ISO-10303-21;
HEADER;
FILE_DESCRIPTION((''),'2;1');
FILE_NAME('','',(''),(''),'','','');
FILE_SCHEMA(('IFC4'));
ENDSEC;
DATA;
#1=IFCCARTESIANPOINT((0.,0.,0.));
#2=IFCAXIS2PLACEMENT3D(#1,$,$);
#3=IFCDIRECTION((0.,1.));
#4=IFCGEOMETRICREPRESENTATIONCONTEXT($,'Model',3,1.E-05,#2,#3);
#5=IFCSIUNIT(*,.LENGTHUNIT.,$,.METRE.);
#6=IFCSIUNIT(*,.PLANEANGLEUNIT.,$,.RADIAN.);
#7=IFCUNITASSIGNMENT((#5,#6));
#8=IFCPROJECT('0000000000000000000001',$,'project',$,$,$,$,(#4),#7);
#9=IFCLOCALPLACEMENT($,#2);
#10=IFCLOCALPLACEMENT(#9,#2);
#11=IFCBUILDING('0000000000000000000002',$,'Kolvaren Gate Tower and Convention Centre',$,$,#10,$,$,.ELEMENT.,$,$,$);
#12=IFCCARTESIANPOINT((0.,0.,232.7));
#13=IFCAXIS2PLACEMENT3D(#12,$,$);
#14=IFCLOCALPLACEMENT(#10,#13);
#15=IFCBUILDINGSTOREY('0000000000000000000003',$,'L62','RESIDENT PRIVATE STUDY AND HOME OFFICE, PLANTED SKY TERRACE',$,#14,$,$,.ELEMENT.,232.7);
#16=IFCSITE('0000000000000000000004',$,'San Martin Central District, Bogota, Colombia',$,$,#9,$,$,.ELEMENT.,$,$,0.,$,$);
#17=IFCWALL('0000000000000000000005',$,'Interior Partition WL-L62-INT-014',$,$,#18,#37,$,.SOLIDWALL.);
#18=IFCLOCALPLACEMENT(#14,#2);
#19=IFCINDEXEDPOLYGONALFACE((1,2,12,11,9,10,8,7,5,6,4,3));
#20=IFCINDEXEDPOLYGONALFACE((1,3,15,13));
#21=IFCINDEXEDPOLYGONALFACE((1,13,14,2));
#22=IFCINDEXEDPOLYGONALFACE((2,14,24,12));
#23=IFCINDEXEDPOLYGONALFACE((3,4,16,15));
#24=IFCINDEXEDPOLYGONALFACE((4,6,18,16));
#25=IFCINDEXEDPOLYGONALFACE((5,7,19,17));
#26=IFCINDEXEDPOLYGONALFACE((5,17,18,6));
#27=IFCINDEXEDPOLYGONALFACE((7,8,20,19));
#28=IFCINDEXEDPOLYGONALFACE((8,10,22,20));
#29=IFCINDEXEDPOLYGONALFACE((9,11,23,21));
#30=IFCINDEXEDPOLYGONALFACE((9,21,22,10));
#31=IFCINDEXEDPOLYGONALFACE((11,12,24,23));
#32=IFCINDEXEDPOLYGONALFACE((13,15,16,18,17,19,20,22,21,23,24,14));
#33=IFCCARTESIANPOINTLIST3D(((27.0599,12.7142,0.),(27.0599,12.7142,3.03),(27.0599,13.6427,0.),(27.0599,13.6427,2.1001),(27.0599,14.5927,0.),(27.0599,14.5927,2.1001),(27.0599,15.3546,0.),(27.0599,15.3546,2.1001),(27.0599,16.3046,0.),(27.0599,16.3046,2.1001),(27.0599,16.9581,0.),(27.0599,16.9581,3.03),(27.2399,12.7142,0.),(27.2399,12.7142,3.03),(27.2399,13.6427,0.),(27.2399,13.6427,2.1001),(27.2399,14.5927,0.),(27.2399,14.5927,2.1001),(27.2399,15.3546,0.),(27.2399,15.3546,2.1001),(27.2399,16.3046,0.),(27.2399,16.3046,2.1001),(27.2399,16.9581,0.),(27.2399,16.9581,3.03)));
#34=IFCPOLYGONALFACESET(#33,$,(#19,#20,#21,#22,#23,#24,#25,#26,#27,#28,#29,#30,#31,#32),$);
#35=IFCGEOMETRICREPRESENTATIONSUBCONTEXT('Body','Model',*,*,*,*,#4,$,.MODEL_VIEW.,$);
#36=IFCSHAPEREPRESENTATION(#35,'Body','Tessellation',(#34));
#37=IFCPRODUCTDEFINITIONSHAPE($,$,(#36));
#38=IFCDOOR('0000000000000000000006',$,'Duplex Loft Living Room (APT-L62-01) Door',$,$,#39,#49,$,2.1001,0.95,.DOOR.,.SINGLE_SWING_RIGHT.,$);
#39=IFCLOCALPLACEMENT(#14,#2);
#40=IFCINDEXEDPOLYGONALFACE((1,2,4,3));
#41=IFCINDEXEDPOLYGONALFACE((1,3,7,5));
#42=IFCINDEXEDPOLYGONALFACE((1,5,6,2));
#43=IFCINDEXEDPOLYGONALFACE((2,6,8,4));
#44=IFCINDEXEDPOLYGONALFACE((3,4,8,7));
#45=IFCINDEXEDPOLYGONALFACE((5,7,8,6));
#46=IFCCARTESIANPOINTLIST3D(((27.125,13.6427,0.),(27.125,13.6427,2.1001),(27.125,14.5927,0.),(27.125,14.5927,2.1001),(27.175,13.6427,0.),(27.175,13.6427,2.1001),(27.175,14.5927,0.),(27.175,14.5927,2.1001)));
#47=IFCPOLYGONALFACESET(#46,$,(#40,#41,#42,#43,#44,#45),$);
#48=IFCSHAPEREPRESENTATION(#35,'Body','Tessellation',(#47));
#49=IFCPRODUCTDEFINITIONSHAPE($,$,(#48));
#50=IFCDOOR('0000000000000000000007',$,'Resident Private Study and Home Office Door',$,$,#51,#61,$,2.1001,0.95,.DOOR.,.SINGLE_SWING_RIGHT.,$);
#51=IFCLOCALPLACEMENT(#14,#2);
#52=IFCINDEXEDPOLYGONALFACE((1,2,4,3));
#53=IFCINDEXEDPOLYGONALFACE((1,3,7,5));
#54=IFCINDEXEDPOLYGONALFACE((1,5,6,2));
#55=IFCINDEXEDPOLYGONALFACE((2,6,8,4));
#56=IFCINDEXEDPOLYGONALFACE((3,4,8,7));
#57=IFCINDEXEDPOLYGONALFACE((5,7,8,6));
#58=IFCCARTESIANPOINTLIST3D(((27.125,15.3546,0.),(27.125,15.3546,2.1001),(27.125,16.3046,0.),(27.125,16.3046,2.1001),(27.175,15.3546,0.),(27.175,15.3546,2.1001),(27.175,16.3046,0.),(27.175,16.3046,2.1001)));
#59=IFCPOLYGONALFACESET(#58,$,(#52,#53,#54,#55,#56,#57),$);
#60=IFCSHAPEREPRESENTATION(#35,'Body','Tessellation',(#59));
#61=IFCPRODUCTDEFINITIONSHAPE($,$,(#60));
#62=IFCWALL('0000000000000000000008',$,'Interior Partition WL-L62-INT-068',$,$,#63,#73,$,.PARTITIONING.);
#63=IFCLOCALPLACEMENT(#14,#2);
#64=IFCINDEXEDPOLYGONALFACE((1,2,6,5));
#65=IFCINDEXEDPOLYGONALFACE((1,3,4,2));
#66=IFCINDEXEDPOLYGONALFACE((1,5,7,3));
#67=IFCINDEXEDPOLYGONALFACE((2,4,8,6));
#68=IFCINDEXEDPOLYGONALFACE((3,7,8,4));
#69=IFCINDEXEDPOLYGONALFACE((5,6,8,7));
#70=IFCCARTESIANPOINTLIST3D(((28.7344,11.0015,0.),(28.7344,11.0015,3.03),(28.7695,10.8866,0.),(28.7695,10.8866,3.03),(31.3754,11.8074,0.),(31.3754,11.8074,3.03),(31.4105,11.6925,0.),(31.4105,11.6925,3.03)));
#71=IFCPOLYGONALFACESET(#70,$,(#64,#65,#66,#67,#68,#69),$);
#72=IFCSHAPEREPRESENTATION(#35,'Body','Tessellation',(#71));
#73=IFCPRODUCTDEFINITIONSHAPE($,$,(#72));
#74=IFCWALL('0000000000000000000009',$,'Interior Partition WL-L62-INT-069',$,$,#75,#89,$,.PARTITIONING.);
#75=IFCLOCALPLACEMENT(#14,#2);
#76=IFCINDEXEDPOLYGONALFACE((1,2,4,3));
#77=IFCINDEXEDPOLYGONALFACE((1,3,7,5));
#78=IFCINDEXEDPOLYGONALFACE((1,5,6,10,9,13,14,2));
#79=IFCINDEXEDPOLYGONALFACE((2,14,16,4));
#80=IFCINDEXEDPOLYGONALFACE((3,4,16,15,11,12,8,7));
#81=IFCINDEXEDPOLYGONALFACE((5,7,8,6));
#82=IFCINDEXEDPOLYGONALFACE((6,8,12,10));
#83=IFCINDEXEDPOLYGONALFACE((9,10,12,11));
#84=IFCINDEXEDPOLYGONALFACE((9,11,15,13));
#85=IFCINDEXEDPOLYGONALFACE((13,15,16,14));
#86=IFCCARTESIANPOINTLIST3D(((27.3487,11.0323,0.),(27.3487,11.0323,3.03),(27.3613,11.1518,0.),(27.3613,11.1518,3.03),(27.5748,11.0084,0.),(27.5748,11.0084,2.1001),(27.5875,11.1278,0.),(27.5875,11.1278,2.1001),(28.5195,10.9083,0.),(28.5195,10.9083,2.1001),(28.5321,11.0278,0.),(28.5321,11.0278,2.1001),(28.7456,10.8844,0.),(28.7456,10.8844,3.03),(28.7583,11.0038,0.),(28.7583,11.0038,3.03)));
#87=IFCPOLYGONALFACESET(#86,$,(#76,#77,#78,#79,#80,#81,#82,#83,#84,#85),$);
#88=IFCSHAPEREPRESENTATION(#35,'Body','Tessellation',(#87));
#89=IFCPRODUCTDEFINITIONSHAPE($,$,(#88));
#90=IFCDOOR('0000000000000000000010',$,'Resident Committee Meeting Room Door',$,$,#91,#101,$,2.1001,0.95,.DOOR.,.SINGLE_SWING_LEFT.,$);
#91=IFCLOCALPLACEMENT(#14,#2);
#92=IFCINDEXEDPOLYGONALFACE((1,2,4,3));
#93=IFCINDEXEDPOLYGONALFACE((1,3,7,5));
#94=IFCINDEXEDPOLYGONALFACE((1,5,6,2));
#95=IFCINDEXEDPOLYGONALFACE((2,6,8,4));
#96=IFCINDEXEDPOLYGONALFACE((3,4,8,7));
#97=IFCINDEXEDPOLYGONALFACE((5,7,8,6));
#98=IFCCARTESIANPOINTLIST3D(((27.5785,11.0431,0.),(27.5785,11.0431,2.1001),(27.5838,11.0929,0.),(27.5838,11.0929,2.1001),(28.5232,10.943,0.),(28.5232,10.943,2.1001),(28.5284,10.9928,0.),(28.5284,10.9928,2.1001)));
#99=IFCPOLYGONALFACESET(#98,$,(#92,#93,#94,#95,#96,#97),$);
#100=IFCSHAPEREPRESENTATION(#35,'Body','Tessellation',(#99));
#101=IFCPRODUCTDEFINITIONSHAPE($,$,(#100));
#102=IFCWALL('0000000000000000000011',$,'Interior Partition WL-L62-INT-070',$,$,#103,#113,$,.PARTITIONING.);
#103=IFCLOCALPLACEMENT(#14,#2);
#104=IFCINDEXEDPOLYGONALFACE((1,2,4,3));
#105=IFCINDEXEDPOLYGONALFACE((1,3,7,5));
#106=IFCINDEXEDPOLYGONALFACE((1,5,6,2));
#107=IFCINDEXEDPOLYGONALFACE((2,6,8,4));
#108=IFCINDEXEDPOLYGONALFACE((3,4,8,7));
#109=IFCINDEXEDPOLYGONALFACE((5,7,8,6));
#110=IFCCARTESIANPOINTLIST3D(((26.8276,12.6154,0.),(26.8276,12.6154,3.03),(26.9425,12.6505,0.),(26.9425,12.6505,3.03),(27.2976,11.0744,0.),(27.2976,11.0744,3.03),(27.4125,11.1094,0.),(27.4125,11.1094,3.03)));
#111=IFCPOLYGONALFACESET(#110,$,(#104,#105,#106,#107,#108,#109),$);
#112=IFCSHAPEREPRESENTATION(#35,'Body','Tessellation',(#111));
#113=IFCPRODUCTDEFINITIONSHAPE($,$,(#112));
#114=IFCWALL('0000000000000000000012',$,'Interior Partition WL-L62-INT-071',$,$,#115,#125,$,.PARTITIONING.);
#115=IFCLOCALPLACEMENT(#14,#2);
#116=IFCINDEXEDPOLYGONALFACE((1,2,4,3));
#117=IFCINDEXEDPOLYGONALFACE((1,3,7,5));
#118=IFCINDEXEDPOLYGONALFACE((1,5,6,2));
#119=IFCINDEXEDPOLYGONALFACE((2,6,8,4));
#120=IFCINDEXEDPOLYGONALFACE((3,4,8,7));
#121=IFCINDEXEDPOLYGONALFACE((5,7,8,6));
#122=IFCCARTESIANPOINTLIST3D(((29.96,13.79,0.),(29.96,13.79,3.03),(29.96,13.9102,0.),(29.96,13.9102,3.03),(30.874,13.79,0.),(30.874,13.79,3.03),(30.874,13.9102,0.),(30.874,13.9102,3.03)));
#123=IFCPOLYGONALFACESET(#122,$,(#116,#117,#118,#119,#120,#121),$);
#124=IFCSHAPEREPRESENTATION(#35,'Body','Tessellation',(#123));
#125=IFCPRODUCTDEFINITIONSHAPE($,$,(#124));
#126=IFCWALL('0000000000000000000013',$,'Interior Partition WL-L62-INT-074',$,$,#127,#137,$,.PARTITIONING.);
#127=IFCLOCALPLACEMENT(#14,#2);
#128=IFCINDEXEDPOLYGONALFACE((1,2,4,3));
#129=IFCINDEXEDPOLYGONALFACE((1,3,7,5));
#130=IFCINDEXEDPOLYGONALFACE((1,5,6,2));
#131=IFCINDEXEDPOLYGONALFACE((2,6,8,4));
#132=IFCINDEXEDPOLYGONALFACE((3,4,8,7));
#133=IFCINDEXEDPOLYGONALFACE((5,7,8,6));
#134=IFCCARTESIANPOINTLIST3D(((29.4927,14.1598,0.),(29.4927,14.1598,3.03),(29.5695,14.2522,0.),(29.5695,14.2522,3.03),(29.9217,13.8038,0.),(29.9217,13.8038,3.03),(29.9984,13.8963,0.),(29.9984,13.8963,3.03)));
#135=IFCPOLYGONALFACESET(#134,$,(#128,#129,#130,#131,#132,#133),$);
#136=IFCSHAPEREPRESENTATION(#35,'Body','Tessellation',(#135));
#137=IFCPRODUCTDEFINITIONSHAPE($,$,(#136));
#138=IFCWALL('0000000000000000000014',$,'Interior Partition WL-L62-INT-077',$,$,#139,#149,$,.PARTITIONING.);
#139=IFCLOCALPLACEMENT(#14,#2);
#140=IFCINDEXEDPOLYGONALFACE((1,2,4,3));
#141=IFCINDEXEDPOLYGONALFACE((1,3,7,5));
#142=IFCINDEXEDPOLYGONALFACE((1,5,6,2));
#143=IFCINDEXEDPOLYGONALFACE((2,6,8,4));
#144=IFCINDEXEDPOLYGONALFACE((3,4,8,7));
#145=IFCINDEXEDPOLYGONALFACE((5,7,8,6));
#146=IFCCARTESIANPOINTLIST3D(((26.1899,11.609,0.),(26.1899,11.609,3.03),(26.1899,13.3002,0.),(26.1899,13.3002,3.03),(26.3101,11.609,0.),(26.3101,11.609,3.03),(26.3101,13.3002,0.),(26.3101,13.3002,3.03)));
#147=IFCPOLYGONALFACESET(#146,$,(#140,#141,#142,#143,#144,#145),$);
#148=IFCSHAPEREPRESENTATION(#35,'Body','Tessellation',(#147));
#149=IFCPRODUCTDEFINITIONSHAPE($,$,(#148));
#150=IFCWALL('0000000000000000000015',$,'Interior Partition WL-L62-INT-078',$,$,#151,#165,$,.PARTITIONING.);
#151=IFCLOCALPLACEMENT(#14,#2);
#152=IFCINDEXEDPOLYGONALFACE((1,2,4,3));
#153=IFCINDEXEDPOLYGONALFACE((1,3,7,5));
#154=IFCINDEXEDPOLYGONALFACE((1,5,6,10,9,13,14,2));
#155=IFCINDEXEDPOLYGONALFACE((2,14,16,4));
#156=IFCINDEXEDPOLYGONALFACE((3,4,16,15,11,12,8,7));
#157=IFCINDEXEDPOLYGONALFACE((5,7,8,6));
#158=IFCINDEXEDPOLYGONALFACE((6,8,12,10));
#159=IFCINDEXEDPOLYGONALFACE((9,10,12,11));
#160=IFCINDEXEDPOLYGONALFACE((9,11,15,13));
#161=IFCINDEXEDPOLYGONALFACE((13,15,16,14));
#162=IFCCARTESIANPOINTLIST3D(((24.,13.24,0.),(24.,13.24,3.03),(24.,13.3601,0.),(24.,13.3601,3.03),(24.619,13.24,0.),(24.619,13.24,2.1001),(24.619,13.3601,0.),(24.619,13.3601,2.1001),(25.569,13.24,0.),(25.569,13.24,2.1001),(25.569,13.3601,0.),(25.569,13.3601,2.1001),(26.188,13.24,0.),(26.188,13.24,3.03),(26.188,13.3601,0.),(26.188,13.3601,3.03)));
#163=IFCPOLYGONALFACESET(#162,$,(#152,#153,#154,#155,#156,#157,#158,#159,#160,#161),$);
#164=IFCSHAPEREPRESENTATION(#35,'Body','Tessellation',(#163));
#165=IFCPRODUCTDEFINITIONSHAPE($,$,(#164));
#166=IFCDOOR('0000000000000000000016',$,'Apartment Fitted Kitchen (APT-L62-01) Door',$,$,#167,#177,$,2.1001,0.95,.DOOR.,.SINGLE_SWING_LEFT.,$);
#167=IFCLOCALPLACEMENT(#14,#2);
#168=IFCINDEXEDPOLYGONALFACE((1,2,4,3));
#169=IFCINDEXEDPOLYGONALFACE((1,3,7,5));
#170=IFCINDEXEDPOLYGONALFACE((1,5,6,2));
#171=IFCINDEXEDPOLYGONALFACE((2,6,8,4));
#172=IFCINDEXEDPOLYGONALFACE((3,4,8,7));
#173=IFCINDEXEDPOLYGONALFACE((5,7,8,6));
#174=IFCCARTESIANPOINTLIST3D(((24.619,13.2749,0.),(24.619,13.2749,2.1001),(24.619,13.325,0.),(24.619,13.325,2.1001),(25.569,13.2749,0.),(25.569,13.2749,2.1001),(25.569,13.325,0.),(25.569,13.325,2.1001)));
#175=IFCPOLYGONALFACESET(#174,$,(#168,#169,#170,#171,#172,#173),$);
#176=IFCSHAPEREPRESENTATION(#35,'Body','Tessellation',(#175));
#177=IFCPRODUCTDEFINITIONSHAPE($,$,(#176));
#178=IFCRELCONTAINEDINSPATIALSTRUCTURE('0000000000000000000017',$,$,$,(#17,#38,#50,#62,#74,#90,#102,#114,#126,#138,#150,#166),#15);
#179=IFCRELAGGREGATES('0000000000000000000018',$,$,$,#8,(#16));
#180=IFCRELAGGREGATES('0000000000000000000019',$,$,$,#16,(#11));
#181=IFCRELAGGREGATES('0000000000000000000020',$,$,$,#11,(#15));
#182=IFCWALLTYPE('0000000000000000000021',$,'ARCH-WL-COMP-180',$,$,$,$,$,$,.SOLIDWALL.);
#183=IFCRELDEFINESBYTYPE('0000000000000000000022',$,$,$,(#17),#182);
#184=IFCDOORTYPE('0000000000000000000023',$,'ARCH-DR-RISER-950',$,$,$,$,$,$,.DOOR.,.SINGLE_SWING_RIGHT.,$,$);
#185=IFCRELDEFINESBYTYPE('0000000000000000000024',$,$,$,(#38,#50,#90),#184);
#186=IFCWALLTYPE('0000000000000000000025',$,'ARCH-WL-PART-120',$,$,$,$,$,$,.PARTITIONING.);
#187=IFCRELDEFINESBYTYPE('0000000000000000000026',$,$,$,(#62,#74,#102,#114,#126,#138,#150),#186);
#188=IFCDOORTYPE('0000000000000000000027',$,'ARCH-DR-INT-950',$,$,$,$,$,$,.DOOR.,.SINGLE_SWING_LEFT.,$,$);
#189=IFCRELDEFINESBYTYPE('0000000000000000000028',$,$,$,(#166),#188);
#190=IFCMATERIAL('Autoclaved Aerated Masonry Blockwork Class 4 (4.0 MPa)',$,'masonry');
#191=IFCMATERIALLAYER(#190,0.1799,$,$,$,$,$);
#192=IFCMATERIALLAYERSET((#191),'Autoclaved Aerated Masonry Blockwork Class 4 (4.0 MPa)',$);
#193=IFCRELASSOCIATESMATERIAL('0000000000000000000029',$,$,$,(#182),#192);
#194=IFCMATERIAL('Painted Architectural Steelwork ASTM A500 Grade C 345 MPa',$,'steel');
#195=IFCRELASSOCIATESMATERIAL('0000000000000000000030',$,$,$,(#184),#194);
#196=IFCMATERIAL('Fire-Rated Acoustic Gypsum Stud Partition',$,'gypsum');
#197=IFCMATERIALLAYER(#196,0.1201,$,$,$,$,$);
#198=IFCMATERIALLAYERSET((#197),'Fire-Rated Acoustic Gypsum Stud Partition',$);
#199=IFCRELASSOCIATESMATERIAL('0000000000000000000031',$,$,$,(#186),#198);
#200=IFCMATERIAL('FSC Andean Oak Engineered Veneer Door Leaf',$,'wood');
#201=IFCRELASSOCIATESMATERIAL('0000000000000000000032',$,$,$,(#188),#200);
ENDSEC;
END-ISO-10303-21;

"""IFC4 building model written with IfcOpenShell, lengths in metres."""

from ifc_helpers import new_model, si_unit, direction, frame, frame_2d, origin, place, context, subcontext, project, spatial, rectangle, extrude, material, layer, layer_set, type_object, element, fill, save


model = new_model("IFC4")

# Units and contexts
model_context = context("Model", 3, precision=1e-05, world=origin(), true_north=direction((0.0, 1.0)))
body_context = subcontext(model_context, "Body", "Model", "MODEL_VIEW")
ifc_project = project(units=[si_unit("LENGTHUNIT", "METRE"), si_unit("PLANEANGLEUNIT", "RADIAN")], contexts=[model_context])

# Site, building, storey
site_placement = place(None, origin())
site = spatial("IfcSite", under=ifc_project, at=site_placement, Name="San Martin Central District, Bogota, Colombia", CompositionType="ELEMENT", RefElevation=0.0)
building_placement = place(site_placement, origin())
building = spatial("IfcBuilding", under=site, at=building_placement, Name="Kolvaren Gate Tower and Convention Centre", CompositionType="ELEMENT")
storey_placement = place(building_placement, frame((0.0, 0.0, 232.7)))
storey = spatial("IfcBuildingStorey", under=building, at=storey_placement, Name="L62", Description="RESIDENT PRIVATE STUDY AND HOME OFFICE, PLANTED SKY TERRACE", CompositionType="ELEMENT", Elevation=232.7)

# Wall, openings, doors
ifc_material_1 = material(Name="Autoclaved Aerated Masonry Blockwork Class 4 (4.0 MPa)", Category="masonry")
ifc_layer_1 = layer(ifc_material_1, 0.1799)
ifc_layer_set_1 = layer_set([ifc_layer_1], Name="Autoclaved Aerated Masonry Blockwork Class 4 (4.0 MPa)")
wall_type_1 = type_object("IfcWallType", Name="ARCH-WL-COMP-180", PredefinedType="SOLIDWALL", material=ifc_layer_set_1)
wall_1_placement = place(storey_placement, frame((27.1499, 12.7141, 0.0), z_axis=(0.0, 0.0, 1.0), x_axis=(0.0, 1.0, 0.0)))
wall_1 = element("IfcWall", 1, at=wall_1_placement, inside=storey, type_object=wall_type_1, Name="Interior Partition WL-L62-INT-014", PredefinedType="SOLIDWALL", context=body_context, shape_type="SweptSolid", body=[
    extrude(rectangle(XDim=4.2439, YDim=0.1799, at=frame_2d((2.1221, 0.0))), origin(), (0.0, 0.0, 1.0), 3.03),
])
opening_1_placement = place(wall_1_placement, frame((0.9285, 0.0, 0.0)))
opening_1 = element("IfcOpeningElement", 2, at=opening_1_placement, cuts=wall_1, PredefinedType="OPENING", context=body_context, shape_type="SweptSolid", body=[
    extrude(rectangle(XDim=0.95, YDim=2.1001, at=frame_2d((0.4751, 1.05))), frame((0.0, 0.0999, 0.0), z_axis=(0.0, -1.0, 0.0), x_axis=(1.0, 0.0, 0.0)), (0.0, 0.0, 1.0), 0.2),
])
opening_2_placement = place(wall_1_placement, frame((2.6404, 0.0, 0.0)))
opening_2 = element("IfcOpeningElement", 3, at=opening_2_placement, cuts=wall_1, PredefinedType="OPENING", context=body_context, shape_type="SweptSolid", body=[
    extrude(rectangle(XDim=0.95, YDim=2.1001, at=frame_2d((0.4751, 1.05))), frame((0.0, 0.0999, 0.0), z_axis=(0.0, -1.0, 0.0), x_axis=(1.0, 0.0, 0.0)), (0.0, 0.0, 1.0), 0.2),
])
ifc_material_2 = material(Name="Painted Architectural Steelwork ASTM A500 Grade C 345 MPa", Category="steel")
door_type_1 = type_object("IfcDoorType", Name="ARCH-DR-RISER-950", OperationType="SINGLE_SWING_RIGHT", PredefinedType="DOOR", material=ifc_material_2)
door_1_placement = place(opening_1_placement, origin())
door_1 = element("IfcDoor", 4, at=door_1_placement, inside=storey, type_object=door_type_1, Name="Duplex Loft Living Room (APT-L62-01) Door", OperationType="SINGLE_SWING_RIGHT", OverallHeight=2.1001, OverallWidth=0.95, PredefinedType="DOOR", context=body_context, shape_type="SweptSolid", body=[
    extrude(rectangle(XDim=0.95, YDim=2.1001, at=frame_2d((0.4751, 1.05))), frame((0.0, 0.0249, 0.0), z_axis=(0.0, -1.0, 0.0), x_axis=(1.0, 0.0, 0.0)), (0.0, 0.0, 1.0), 0.05),
])
fill(opening_1, door_1)
door_2_placement = place(opening_2_placement, origin())
door_2 = element("IfcDoor", 5, at=door_2_placement, inside=storey, type_object=door_type_1, Name="Resident Private Study and Home Office Door", OperationType="SINGLE_SWING_RIGHT", OverallHeight=2.1001, OverallWidth=0.95, PredefinedType="DOOR", context=body_context, shape_type="SweptSolid", body=[
    extrude(rectangle(XDim=0.95, YDim=2.1001, at=frame_2d((0.4751, 1.05))), frame((0.0, 0.0249, 0.0), z_axis=(0.0, -1.0, 0.0), x_axis=(1.0, 0.0, 0.0)), (0.0, 0.0, 1.0), 0.05),
])
fill(opening_2, door_2)

# Wall
ifc_material_3 = material(Name="Fire-Rated Acoustic Gypsum Stud Partition", Category="gypsum")
ifc_layer_2 = layer(ifc_material_3, 0.1201)
ifc_layer_set_2 = layer_set([ifc_layer_2], Name="Fire-Rated Acoustic Gypsum Stud Partition")
wall_type_2 = type_object("IfcWallType", Name="ARCH-WL-PART-120", PredefinedType="PARTITIONING", material=ifc_layer_set_2)
wall_2_placement = place(storey_placement, frame((28.752, 10.9441, 0.0), z_axis=(0.0, 0.0, 1.0), x_axis=(0.956463, 0.291855, 0.0)))
element("IfcWall", 6, at=wall_2_placement, inside=storey, type_object=wall_type_2, Name="Interior Partition WL-L62-INT-068", PredefinedType="PARTITIONING", context=body_context, shape_type="SweptSolid", body=[
    extrude(rectangle(XDim=2.7612, YDim=0.1201, at=frame_2d((1.3806, 0.0))), origin(), (0.0, 0.0, 1.0), 3.03),
])

# Wall, opening, door
wall_3_placement = place(storey_placement, frame((27.355, 11.092, 0.0), z_axis=(0.0, 0.0, 1.0), x_axis=(0.994439, -0.105318, 0.0)))
wall_3 = element("IfcWall", 7, at=wall_3_placement, inside=storey, type_object=wall_type_2, Name="Interior Partition WL-L62-INT-069", PredefinedType="PARTITIONING", context=body_context, shape_type="SweptSolid", body=[
    extrude(rectangle(XDim=1.4048, YDim=0.1201, at=frame_2d((0.7024, 0.0))), origin(), (0.0, 0.0, 1.0), 3.03),
])
opening_3_placement = place(wall_3_placement, frame((0.2273, 0.0, 0.0)))
opening_3 = element("IfcOpeningElement", 8, at=opening_3_placement, cuts=wall_3, PredefinedType="OPENING", context=body_context, shape_type="SweptSolid", body=[
    extrude(rectangle(XDim=0.95, YDim=2.1001, at=frame_2d((0.4751, 1.05))), frame((0.0, 0.0701, 0.0), z_axis=(0.0, -1.0, 0.0), x_axis=(1.0, 0.0, 0.0)), (0.0, 0.0, 1.0), 0.1401),
])
door_3_placement = place(opening_3_placement, origin())
door_3 = element("IfcDoor", 9, at=door_3_placement, inside=storey, type_object=door_type_1, Name="Resident Committee Meeting Room Door", OperationType="SINGLE_SWING_LEFT", OverallHeight=2.1001, OverallWidth=0.95, PredefinedType="DOOR", context=body_context, shape_type="SweptSolid", body=[
    extrude(rectangle(XDim=0.95, YDim=2.1001, at=frame_2d((0.4751, 1.05))), frame((0.0, 0.0249, 0.0), z_axis=(0.0, -1.0, 0.0), x_axis=(1.0, 0.0, 0.0)), (0.0, 0.0, 1.0), 0.05),
])
fill(opening_3, door_3)

# Walls
wall_4_placement = place(storey_placement, frame((26.885, 12.6331, 0.0), z_axis=(0.0, 0.0, 1.0), x_axis=(0.29171, -0.956507, 0.0)))
element("IfcWall", 10, at=wall_4_placement, inside=storey, type_object=wall_type_2, Name="Interior Partition WL-L62-INT-070", PredefinedType="PARTITIONING", context=body_context, shape_type="SweptSolid", body=[
    extrude(rectangle(XDim=1.6111, YDim=0.1201, at=frame_2d((0.8057, 0.0))), origin(), (0.0, 0.0, 1.0), 3.03),
])
wall_5_placement = place(storey_placement, frame((29.96, 13.8501, 0.0), z_axis=(0.0, 0.0, 1.0), x_axis=(1.0, 0.0, 0.0)))
element("IfcWall", 11, at=wall_5_placement, inside=storey, type_object=wall_type_2, Name="Interior Partition WL-L62-INT-071", PredefinedType="PARTITIONING", context=body_context, shape_type="SweptSolid", body=[
    extrude(rectangle(XDim=0.9141, YDim=0.1201, at=frame_2d((0.457, 0.0))), origin(), (0.0, 0.0, 1.0), 3.03),
])
wall_6_placement = place(storey_placement, frame((29.531, 14.2061, 0.0), z_axis=(0.0, 0.0, 1.0), x_axis=(0.769548, -0.638589, 0.0)))
element("IfcWall", 12, at=wall_6_placement, inside=storey, type_object=wall_type_2, Name="Interior Partition WL-L62-INT-074", PredefinedType="PARTITIONING", context=body_context, shape_type="SweptSolid", body=[
    extrude(rectangle(XDim=0.5574, YDim=0.1201, at=frame_2d((0.2788, 0.0))), origin(), (0.0, 0.0, 1.0), 3.03),
])
wall_7_placement = place(storey_placement, frame((26.25, 11.6089, 0.0), z_axis=(0.0, 0.0, 1.0), x_axis=(0.0, 1.0, 0.0)))
element("IfcWall", 13, at=wall_7_placement, inside=storey, type_object=wall_type_2, Name="Interior Partition WL-L62-INT-077", PredefinedType="PARTITIONING", context=body_context, shape_type="SweptSolid", body=[
    extrude(rectangle(XDim=1.6912, YDim=0.1201, at=frame_2d((0.8457, 0.0))), origin(), (0.0, 0.0, 1.0), 3.03),
])

# Wall, opening, door
wall_8_placement = place(storey_placement, frame((24.0, 13.3, 0.0), z_axis=(0.0, 0.0, 1.0), x_axis=(1.0, 0.0, 0.0)))
wall_8 = element("IfcWall", 14, at=wall_8_placement, inside=storey, type_object=wall_type_2, Name="Interior Partition WL-L62-INT-078", PredefinedType="PARTITIONING", context=body_context, shape_type="SweptSolid", body=[
    extrude(rectangle(XDim=2.188, YDim=0.1201, at=frame_2d((1.094, 0.0))), origin(), (0.0, 0.0, 1.0), 3.03),
])
opening_4_placement = place(wall_8_placement, frame((0.6189, 0.0, 0.0)))
opening_4 = element("IfcOpeningElement", 15, at=opening_4_placement, cuts=wall_8, PredefinedType="OPENING", context=body_context, shape_type="SweptSolid", body=[
    extrude(rectangle(XDim=0.95, YDim=2.1001, at=frame_2d((0.4751, 1.05))), frame((0.0, 0.0701, 0.0), z_axis=(0.0, -1.0, 0.0), x_axis=(1.0, 0.0, 0.0)), (0.0, 0.0, 1.0), 0.1401),
])
ifc_material_4 = material(Name="FSC Andean Oak Engineered Veneer Door Leaf", Category="wood")
door_type_2 = type_object("IfcDoorType", Name="ARCH-DR-INT-950", OperationType="SINGLE_SWING_LEFT", PredefinedType="DOOR", material=ifc_material_4)
door_4_placement = place(opening_4_placement, origin())
door_4 = element("IfcDoor", 16, at=door_4_placement, inside=storey, type_object=door_type_2, Name="Apartment Fitted Kitchen (APT-L62-01) Door", OperationType="SINGLE_SWING_LEFT", OverallHeight=2.1001, OverallWidth=0.95, PredefinedType="DOOR", context=body_context, shape_type="SweptSolid", body=[
    extrude(rectangle(XDim=0.95, YDim=2.1001, at=frame_2d((0.4751, 1.05))), frame((0.0, 0.0249, 0.0), z_axis=(0.0, -1.0, 0.0), x_axis=(1.0, 0.0, 0.0)), (0.0, 0.0, 1.0), 0.05),
])
fill(opening_4, door_4)

save(model, "model.ifc")
